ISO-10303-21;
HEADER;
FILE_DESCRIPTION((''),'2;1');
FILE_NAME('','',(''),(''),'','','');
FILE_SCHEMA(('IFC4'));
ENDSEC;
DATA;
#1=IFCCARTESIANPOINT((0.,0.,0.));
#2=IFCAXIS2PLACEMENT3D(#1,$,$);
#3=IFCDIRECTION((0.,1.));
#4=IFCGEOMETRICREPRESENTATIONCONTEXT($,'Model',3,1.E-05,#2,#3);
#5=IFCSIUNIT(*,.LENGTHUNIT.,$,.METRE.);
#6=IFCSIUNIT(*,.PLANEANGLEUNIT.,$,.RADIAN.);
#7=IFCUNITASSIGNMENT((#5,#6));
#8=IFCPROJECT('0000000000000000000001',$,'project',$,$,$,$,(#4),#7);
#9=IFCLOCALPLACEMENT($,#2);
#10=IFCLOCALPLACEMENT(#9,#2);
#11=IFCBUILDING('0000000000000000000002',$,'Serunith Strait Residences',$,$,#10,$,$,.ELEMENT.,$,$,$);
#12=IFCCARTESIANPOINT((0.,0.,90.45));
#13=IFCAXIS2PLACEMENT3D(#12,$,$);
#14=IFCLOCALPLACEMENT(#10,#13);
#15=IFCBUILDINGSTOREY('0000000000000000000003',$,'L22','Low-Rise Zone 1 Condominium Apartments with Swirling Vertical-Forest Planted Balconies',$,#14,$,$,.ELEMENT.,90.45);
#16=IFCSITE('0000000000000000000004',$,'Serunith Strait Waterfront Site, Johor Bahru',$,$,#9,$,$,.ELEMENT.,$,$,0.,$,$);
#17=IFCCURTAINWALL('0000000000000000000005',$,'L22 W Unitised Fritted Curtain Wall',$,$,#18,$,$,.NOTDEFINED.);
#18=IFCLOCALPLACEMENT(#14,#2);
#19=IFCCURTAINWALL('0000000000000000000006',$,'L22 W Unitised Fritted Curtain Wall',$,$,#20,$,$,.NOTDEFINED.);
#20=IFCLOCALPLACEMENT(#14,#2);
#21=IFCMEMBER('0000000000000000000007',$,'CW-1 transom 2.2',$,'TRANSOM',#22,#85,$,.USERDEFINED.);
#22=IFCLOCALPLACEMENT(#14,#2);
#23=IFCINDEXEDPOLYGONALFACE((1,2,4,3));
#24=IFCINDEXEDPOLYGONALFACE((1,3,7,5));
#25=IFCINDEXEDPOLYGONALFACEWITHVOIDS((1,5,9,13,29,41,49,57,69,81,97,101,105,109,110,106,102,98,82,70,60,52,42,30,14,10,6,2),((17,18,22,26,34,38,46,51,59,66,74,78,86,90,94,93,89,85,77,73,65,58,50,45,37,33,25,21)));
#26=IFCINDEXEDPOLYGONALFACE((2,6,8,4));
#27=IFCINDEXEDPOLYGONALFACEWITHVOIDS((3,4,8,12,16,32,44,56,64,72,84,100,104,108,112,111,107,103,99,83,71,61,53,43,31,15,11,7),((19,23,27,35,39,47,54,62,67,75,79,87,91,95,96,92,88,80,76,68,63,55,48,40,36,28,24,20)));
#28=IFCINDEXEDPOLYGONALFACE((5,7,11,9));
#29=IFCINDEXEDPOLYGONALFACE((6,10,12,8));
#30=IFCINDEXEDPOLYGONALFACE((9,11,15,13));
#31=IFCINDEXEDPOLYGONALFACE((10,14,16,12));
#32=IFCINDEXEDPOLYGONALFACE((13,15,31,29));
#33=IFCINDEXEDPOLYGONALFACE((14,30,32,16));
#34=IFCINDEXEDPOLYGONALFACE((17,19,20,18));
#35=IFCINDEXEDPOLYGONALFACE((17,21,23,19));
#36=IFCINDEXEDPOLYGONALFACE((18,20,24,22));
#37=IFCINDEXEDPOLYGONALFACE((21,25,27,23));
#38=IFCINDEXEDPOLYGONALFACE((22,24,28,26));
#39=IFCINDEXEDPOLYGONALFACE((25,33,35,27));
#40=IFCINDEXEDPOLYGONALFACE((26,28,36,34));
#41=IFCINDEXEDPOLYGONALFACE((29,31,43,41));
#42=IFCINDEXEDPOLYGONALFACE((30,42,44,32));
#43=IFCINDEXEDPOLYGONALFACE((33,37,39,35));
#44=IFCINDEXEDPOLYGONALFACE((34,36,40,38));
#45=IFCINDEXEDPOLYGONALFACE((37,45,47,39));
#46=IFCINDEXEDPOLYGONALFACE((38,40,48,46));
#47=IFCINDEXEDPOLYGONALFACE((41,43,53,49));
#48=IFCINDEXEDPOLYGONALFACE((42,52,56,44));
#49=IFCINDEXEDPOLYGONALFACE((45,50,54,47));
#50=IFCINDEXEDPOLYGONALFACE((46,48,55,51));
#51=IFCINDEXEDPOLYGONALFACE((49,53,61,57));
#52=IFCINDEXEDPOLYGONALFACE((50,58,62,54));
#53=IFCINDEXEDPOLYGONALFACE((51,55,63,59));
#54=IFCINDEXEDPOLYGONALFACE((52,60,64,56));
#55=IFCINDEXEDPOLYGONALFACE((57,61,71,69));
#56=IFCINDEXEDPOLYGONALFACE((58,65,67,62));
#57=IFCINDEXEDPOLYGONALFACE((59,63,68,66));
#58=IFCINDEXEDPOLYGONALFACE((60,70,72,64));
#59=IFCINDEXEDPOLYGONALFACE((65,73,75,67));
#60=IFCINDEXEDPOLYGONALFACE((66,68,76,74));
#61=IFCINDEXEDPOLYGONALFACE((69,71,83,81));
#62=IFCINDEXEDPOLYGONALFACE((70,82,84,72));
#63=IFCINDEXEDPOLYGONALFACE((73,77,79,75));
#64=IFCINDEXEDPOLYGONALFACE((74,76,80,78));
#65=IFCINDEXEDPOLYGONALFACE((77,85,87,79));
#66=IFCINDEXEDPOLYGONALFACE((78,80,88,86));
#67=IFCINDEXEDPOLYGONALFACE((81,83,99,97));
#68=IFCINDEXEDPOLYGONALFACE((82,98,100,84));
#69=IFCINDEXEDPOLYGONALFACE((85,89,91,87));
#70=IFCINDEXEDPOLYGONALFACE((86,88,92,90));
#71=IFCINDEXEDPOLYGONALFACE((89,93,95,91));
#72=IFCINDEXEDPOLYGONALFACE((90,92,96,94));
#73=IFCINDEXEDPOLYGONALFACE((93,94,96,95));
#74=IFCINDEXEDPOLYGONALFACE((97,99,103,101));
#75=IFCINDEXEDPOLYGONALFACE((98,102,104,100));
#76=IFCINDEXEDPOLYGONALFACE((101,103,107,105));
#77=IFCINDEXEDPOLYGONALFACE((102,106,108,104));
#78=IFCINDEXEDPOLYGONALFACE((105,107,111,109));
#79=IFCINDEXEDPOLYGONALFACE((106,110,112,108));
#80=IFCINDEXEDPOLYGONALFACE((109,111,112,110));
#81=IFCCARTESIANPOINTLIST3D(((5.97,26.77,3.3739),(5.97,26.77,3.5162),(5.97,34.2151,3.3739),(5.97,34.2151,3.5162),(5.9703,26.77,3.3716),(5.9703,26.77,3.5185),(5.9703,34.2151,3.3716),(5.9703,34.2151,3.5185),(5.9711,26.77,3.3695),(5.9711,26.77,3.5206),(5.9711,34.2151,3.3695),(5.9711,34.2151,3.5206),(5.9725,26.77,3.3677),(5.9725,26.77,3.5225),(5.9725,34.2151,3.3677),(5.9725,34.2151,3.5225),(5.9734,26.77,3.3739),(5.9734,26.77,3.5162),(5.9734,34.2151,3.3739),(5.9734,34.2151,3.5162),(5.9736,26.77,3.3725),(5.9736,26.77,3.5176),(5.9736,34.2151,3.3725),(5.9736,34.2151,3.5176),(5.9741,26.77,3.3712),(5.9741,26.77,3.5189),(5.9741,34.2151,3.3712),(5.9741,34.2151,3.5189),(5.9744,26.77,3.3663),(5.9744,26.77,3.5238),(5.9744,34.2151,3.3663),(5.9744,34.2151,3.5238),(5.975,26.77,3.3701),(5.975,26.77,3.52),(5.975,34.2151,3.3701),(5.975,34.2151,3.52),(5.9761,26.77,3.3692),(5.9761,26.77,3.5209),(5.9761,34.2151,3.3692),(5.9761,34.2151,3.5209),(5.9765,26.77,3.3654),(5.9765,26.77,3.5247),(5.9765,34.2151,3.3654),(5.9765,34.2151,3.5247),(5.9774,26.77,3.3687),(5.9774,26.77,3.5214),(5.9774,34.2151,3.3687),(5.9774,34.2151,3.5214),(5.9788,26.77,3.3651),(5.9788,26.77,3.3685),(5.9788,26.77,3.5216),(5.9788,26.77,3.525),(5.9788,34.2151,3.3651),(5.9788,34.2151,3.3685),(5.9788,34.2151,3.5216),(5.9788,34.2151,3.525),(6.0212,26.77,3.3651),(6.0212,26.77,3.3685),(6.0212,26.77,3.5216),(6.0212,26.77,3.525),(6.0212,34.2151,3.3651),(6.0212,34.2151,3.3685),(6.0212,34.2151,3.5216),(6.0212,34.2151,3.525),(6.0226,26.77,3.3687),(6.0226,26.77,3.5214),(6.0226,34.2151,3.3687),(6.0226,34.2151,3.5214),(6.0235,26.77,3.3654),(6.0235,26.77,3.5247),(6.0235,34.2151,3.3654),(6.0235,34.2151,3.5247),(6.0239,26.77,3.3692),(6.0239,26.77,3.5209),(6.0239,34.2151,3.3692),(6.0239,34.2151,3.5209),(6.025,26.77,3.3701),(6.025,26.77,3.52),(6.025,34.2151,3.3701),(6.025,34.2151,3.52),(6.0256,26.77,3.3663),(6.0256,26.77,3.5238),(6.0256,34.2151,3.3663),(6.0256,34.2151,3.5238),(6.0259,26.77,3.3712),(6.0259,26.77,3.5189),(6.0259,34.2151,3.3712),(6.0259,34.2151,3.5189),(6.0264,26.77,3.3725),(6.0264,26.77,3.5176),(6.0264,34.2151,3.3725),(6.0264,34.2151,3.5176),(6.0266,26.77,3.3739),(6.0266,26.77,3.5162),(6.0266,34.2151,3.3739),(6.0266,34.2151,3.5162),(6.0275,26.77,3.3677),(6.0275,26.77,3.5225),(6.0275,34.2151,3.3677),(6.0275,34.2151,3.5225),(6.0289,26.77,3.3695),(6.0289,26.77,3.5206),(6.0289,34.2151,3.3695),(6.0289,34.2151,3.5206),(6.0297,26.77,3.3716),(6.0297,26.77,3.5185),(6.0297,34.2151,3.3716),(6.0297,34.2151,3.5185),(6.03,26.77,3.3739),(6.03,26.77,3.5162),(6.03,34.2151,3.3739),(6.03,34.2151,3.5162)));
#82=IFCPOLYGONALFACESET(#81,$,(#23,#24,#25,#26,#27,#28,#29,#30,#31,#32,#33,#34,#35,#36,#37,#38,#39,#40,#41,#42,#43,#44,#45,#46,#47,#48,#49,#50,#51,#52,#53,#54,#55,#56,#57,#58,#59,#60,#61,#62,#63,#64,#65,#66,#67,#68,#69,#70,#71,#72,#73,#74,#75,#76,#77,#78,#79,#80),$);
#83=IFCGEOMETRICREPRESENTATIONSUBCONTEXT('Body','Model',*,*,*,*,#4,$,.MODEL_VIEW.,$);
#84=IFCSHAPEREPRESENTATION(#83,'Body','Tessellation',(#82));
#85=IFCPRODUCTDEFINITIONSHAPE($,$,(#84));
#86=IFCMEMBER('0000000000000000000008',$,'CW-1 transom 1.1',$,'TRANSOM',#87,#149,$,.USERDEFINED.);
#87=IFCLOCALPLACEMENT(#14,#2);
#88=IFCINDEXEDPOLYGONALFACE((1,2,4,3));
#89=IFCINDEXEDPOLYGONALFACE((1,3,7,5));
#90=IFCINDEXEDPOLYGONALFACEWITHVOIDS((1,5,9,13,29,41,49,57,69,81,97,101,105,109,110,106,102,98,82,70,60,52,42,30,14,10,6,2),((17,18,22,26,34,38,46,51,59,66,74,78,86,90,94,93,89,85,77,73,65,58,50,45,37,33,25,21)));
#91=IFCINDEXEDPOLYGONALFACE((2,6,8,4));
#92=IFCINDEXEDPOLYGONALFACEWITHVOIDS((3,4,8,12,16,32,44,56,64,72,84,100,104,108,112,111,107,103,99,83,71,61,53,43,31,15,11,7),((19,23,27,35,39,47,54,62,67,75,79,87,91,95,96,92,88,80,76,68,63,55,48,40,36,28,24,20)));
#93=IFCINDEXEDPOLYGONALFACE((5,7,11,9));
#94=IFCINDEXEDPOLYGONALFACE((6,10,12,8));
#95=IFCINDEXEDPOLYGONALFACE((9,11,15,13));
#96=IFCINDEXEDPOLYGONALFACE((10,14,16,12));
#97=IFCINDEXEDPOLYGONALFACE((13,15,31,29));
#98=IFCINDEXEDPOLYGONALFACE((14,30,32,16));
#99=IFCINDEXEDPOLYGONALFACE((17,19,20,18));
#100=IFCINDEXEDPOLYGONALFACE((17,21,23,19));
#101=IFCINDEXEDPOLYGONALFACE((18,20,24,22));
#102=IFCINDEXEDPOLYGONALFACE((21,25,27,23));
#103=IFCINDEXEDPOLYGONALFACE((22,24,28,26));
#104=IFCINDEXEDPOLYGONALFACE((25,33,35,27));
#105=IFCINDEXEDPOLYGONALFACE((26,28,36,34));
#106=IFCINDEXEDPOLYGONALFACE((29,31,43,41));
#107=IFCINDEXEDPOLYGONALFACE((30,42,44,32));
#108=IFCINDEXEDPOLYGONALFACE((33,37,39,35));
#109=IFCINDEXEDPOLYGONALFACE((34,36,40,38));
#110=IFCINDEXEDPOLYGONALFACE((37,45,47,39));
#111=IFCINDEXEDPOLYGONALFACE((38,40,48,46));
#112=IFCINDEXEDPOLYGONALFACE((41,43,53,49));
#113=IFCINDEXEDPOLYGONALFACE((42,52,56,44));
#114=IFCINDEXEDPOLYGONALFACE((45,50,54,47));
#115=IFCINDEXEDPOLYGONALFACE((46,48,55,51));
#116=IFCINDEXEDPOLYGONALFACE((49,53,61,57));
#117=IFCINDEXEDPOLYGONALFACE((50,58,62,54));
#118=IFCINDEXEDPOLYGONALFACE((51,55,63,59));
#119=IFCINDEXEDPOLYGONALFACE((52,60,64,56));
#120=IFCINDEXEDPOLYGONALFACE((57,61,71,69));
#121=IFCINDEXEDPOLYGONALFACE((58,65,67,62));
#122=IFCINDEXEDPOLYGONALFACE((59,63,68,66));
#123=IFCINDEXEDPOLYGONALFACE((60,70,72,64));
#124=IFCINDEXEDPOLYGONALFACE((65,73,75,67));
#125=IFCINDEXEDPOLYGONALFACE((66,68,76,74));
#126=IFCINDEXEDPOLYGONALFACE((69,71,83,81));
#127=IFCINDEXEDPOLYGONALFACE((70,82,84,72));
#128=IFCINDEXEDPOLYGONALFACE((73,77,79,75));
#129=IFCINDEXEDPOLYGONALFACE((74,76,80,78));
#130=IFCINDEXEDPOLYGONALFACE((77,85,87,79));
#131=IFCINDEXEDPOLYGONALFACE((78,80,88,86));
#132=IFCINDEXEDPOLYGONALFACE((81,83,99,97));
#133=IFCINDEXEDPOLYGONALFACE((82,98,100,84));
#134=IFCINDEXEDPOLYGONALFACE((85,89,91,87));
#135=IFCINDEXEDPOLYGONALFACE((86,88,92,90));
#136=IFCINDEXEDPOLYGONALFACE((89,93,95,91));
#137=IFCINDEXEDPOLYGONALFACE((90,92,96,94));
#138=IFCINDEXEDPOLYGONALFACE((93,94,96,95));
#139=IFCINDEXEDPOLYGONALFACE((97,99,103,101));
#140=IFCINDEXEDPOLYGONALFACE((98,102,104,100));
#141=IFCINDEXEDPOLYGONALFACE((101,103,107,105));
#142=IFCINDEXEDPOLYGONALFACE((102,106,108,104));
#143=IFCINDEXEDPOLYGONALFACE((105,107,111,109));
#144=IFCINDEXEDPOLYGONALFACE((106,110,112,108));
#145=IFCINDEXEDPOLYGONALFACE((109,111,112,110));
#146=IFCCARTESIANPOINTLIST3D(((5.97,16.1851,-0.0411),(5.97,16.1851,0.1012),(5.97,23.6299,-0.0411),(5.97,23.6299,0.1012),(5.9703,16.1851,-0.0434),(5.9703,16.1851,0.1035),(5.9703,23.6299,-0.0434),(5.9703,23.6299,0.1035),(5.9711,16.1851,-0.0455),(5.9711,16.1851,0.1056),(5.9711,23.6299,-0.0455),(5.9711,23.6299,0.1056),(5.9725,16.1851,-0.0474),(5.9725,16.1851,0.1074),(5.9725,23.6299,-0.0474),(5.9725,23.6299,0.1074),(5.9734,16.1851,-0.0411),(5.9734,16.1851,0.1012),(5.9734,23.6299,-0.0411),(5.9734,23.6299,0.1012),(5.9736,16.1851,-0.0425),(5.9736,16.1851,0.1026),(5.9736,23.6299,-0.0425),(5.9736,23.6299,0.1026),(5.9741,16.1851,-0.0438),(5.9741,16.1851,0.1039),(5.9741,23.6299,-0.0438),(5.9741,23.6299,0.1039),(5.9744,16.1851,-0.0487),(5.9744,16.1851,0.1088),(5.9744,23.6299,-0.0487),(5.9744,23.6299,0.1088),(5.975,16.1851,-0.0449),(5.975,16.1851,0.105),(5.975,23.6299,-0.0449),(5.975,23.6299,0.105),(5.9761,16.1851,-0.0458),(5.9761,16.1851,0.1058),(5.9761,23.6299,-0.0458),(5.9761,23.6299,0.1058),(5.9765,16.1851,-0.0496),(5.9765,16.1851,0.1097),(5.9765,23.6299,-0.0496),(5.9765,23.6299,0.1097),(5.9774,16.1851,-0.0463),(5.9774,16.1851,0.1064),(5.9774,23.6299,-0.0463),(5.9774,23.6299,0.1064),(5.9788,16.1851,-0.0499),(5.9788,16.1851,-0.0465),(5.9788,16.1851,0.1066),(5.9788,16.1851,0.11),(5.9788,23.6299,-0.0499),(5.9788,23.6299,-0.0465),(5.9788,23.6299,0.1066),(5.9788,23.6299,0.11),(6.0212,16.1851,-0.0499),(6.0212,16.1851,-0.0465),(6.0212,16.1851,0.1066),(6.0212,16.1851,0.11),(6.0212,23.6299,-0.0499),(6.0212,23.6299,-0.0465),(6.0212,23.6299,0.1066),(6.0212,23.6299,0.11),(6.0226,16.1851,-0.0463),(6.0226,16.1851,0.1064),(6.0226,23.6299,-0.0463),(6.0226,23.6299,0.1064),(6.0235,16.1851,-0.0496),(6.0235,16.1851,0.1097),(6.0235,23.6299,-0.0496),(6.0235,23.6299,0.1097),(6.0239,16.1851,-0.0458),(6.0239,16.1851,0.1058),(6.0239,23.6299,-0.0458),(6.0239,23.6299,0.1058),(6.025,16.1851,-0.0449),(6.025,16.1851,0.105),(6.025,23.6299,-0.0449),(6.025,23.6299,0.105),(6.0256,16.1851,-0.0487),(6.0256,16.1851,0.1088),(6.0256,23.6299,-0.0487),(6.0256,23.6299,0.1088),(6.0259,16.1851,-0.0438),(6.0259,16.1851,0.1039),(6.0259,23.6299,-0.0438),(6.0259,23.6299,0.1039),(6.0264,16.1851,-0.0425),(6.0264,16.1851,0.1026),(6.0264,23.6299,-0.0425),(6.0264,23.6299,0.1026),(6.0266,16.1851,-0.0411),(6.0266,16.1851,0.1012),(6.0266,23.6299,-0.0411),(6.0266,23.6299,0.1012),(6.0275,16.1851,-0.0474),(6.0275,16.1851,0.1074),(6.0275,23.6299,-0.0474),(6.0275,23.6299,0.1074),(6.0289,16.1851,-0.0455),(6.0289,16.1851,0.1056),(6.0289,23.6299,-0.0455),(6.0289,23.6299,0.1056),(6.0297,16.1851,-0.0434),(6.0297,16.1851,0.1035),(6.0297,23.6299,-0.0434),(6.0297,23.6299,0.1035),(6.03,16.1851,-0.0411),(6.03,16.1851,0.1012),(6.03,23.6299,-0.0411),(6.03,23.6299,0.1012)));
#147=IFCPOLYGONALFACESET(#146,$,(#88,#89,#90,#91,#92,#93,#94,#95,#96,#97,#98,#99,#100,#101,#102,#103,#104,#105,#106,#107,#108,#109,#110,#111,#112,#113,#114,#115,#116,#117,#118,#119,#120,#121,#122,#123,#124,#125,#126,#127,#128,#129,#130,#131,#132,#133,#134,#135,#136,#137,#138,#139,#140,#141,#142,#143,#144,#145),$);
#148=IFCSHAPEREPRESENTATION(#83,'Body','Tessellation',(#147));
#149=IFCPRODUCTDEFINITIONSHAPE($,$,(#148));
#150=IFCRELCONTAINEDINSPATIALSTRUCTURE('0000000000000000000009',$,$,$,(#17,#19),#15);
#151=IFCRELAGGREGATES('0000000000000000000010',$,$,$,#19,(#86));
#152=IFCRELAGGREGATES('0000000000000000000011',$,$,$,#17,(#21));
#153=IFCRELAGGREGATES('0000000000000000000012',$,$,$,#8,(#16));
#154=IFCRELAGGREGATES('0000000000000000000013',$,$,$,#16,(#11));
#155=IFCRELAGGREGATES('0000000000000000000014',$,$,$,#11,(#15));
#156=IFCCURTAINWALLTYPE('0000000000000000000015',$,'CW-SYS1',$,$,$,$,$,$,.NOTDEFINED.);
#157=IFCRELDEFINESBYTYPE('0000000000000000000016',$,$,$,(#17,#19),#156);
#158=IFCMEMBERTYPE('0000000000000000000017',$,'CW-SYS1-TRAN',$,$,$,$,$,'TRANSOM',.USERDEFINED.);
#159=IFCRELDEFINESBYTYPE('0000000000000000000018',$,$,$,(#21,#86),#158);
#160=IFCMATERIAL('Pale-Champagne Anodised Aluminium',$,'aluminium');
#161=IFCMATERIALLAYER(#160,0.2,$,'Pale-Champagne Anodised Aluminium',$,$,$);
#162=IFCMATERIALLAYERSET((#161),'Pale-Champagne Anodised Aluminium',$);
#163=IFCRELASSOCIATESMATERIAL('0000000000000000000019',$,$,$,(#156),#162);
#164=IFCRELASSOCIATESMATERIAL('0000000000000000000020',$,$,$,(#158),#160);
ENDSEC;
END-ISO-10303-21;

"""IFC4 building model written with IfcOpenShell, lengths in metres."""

from ifc_helpers import new_model, si_unit, direction, frame, origin, origin_2d, place, context, subcontext, project, spatial, hollow_rectangle, extrude, source, transform, mapped, material, layer, layer_set, material_profile, profile_set, type_object, element, aggregate, save


model = new_model("IFC4")

# Units and contexts
model_context = context("Model", 3, precision=1e-05, world=origin(), true_north=direction((0.0, 1.0)))
body_context = subcontext(model_context, "Body", "Model", "MODEL_VIEW")
ifc_project = project(units=[si_unit("LENGTHUNIT", "METRE"), si_unit("PLANEANGLEUNIT", "RADIAN")], contexts=[model_context])

# Site, building, storey
site_placement = place(None, origin())
site = spatial("IfcSite", under=ifc_project, at=site_placement, Name="Serunith Strait Waterfront Site, Johor Bahru", CompositionType="ELEMENT", RefElevation=0.0)
building_placement = place(site_placement, origin())
building = spatial("IfcBuilding", under=site, at=building_placement, Name="Serunith Strait Residences", CompositionType="ELEMENT")
storey_placement = place(building_placement, frame((0.0, 0.0, 90.45)))
storey = spatial("IfcBuildingStorey", under=building, at=storey_placement, Name="L22", Description="Low-Rise Zone 1 Condominium Apartments with Swirling Vertical-Forest Planted Balconies", CompositionType="ELEMENT", Elevation=90.45)

# Curtain wall
ifc_material_1 = material(Name="Pale-Champagne Anodised Aluminium", Category="aluminium")
ifc_layer_1 = layer(ifc_material_1, 0.2, Name="Pale-Champagne Anodised Aluminium")
ifc_layer_set_1 = layer_set([ifc_layer_1], Name="Pale-Champagne Anodised Aluminium")
curtain_wall_type = type_object("IfcCurtainWallType", Name="CW-SYS1", PredefinedType="NOTDEFINED", material=ifc_layer_set_1)
curtain_wall_1_placement = place(storey_placement, origin())
curtain_wall_1 = element("IfcCurtainWall", 1, at=curtain_wall_1_placement, inside=storey, type_object=curtain_wall_type, Name="L22 W Unitised Fritted Curtain Wall", PredefinedType="NOTDEFINED")

# Curtain wall
curtain_wall_2_placement = place(storey_placement, origin())
curtain_wall_2 = element("IfcCurtainWall", 2, at=curtain_wall_2_placement, inside=storey, type_object=curtain_wall_type, Name="L22 W Unitised Fritted Curtain Wall", PredefinedType="NOTDEFINED")

# Members
ifc_material_profile_1 = material_profile(ifc_material_1, hollow_rectangle(XDim=0.0601, YDim=0.1599, WallThickness=0.0034, InnerFilletRadius=0.0054, OuterFilletRadius=0.0088, at=origin_2d()), Name="ALU 160x60x3.5")
ifc_profile_set_1 = profile_set([ifc_material_profile_1], Name="Pale-Champagne Anodised Aluminium")
member_type_1 = type_object("IfcMemberType", Name="CW-SYS1-TRAN", ElementType="TRANSOM", PredefinedType="USERDEFINED", material=ifc_profile_set_1)
shared_shape_1 = source(origin(), body_context, "Body", "SweptSolid", [
    extrude(hollow_rectangle(XDim=0.0601, YDim=0.1599, WallThickness=0.0034, InnerFilletRadius=0.0054, OuterFilletRadius=0.0088, at=origin_2d()), origin(), (0.0, 0.0, 1.0), 7.4451),
])
member_1_placement = place(storey_placement, frame((6.0, 34.2151, 3.4451), z_axis=(0.0, -1.0, 0.0), x_axis=(1.0, 0.0, 0.0)))
member_1 = element("IfcMember", 3, at=member_1_placement, type_object=member_type_1, Name="CW-1 transom 2.2", ObjectType="TRANSOM", PredefinedType="USERDEFINED", context=body_context, shape_type="MappedRepresentation", body=[
    mapped(shared_shape_1, transform((0.0, 0.0, 0.0), scale=1.0)),
])
shared_shape_2 = source(origin(), body_context, "Body", "SweptSolid", [
    extrude(hollow_rectangle(XDim=0.0601, YDim=0.1599, WallThickness=0.0034, InnerFilletRadius=0.0054, OuterFilletRadius=0.0088, at=origin_2d()), origin(), (0.0, 0.0, 1.0), 7.4448),
])
member_2_placement = place(storey_placement, frame((6.0, 23.6299, 0.03), z_axis=(0.0, -1.0, 0.0), x_axis=(1.0, 0.0, 0.0)))
member_2 = element("IfcMember", 4, at=member_2_placement, type_object=member_type_1, Name="CW-1 transom 1.1", ObjectType="TRANSOM", PredefinedType="USERDEFINED", context=body_context, shape_type="MappedRepresentation", body=[
    mapped(shared_shape_2, transform((0.0, 0.0, 0.0), scale=1.0)),
])
aggregate(curtain_wall_2, [member_2])

aggregate(curtain_wall_1, [member_1])

save(model, "model.ifc")
